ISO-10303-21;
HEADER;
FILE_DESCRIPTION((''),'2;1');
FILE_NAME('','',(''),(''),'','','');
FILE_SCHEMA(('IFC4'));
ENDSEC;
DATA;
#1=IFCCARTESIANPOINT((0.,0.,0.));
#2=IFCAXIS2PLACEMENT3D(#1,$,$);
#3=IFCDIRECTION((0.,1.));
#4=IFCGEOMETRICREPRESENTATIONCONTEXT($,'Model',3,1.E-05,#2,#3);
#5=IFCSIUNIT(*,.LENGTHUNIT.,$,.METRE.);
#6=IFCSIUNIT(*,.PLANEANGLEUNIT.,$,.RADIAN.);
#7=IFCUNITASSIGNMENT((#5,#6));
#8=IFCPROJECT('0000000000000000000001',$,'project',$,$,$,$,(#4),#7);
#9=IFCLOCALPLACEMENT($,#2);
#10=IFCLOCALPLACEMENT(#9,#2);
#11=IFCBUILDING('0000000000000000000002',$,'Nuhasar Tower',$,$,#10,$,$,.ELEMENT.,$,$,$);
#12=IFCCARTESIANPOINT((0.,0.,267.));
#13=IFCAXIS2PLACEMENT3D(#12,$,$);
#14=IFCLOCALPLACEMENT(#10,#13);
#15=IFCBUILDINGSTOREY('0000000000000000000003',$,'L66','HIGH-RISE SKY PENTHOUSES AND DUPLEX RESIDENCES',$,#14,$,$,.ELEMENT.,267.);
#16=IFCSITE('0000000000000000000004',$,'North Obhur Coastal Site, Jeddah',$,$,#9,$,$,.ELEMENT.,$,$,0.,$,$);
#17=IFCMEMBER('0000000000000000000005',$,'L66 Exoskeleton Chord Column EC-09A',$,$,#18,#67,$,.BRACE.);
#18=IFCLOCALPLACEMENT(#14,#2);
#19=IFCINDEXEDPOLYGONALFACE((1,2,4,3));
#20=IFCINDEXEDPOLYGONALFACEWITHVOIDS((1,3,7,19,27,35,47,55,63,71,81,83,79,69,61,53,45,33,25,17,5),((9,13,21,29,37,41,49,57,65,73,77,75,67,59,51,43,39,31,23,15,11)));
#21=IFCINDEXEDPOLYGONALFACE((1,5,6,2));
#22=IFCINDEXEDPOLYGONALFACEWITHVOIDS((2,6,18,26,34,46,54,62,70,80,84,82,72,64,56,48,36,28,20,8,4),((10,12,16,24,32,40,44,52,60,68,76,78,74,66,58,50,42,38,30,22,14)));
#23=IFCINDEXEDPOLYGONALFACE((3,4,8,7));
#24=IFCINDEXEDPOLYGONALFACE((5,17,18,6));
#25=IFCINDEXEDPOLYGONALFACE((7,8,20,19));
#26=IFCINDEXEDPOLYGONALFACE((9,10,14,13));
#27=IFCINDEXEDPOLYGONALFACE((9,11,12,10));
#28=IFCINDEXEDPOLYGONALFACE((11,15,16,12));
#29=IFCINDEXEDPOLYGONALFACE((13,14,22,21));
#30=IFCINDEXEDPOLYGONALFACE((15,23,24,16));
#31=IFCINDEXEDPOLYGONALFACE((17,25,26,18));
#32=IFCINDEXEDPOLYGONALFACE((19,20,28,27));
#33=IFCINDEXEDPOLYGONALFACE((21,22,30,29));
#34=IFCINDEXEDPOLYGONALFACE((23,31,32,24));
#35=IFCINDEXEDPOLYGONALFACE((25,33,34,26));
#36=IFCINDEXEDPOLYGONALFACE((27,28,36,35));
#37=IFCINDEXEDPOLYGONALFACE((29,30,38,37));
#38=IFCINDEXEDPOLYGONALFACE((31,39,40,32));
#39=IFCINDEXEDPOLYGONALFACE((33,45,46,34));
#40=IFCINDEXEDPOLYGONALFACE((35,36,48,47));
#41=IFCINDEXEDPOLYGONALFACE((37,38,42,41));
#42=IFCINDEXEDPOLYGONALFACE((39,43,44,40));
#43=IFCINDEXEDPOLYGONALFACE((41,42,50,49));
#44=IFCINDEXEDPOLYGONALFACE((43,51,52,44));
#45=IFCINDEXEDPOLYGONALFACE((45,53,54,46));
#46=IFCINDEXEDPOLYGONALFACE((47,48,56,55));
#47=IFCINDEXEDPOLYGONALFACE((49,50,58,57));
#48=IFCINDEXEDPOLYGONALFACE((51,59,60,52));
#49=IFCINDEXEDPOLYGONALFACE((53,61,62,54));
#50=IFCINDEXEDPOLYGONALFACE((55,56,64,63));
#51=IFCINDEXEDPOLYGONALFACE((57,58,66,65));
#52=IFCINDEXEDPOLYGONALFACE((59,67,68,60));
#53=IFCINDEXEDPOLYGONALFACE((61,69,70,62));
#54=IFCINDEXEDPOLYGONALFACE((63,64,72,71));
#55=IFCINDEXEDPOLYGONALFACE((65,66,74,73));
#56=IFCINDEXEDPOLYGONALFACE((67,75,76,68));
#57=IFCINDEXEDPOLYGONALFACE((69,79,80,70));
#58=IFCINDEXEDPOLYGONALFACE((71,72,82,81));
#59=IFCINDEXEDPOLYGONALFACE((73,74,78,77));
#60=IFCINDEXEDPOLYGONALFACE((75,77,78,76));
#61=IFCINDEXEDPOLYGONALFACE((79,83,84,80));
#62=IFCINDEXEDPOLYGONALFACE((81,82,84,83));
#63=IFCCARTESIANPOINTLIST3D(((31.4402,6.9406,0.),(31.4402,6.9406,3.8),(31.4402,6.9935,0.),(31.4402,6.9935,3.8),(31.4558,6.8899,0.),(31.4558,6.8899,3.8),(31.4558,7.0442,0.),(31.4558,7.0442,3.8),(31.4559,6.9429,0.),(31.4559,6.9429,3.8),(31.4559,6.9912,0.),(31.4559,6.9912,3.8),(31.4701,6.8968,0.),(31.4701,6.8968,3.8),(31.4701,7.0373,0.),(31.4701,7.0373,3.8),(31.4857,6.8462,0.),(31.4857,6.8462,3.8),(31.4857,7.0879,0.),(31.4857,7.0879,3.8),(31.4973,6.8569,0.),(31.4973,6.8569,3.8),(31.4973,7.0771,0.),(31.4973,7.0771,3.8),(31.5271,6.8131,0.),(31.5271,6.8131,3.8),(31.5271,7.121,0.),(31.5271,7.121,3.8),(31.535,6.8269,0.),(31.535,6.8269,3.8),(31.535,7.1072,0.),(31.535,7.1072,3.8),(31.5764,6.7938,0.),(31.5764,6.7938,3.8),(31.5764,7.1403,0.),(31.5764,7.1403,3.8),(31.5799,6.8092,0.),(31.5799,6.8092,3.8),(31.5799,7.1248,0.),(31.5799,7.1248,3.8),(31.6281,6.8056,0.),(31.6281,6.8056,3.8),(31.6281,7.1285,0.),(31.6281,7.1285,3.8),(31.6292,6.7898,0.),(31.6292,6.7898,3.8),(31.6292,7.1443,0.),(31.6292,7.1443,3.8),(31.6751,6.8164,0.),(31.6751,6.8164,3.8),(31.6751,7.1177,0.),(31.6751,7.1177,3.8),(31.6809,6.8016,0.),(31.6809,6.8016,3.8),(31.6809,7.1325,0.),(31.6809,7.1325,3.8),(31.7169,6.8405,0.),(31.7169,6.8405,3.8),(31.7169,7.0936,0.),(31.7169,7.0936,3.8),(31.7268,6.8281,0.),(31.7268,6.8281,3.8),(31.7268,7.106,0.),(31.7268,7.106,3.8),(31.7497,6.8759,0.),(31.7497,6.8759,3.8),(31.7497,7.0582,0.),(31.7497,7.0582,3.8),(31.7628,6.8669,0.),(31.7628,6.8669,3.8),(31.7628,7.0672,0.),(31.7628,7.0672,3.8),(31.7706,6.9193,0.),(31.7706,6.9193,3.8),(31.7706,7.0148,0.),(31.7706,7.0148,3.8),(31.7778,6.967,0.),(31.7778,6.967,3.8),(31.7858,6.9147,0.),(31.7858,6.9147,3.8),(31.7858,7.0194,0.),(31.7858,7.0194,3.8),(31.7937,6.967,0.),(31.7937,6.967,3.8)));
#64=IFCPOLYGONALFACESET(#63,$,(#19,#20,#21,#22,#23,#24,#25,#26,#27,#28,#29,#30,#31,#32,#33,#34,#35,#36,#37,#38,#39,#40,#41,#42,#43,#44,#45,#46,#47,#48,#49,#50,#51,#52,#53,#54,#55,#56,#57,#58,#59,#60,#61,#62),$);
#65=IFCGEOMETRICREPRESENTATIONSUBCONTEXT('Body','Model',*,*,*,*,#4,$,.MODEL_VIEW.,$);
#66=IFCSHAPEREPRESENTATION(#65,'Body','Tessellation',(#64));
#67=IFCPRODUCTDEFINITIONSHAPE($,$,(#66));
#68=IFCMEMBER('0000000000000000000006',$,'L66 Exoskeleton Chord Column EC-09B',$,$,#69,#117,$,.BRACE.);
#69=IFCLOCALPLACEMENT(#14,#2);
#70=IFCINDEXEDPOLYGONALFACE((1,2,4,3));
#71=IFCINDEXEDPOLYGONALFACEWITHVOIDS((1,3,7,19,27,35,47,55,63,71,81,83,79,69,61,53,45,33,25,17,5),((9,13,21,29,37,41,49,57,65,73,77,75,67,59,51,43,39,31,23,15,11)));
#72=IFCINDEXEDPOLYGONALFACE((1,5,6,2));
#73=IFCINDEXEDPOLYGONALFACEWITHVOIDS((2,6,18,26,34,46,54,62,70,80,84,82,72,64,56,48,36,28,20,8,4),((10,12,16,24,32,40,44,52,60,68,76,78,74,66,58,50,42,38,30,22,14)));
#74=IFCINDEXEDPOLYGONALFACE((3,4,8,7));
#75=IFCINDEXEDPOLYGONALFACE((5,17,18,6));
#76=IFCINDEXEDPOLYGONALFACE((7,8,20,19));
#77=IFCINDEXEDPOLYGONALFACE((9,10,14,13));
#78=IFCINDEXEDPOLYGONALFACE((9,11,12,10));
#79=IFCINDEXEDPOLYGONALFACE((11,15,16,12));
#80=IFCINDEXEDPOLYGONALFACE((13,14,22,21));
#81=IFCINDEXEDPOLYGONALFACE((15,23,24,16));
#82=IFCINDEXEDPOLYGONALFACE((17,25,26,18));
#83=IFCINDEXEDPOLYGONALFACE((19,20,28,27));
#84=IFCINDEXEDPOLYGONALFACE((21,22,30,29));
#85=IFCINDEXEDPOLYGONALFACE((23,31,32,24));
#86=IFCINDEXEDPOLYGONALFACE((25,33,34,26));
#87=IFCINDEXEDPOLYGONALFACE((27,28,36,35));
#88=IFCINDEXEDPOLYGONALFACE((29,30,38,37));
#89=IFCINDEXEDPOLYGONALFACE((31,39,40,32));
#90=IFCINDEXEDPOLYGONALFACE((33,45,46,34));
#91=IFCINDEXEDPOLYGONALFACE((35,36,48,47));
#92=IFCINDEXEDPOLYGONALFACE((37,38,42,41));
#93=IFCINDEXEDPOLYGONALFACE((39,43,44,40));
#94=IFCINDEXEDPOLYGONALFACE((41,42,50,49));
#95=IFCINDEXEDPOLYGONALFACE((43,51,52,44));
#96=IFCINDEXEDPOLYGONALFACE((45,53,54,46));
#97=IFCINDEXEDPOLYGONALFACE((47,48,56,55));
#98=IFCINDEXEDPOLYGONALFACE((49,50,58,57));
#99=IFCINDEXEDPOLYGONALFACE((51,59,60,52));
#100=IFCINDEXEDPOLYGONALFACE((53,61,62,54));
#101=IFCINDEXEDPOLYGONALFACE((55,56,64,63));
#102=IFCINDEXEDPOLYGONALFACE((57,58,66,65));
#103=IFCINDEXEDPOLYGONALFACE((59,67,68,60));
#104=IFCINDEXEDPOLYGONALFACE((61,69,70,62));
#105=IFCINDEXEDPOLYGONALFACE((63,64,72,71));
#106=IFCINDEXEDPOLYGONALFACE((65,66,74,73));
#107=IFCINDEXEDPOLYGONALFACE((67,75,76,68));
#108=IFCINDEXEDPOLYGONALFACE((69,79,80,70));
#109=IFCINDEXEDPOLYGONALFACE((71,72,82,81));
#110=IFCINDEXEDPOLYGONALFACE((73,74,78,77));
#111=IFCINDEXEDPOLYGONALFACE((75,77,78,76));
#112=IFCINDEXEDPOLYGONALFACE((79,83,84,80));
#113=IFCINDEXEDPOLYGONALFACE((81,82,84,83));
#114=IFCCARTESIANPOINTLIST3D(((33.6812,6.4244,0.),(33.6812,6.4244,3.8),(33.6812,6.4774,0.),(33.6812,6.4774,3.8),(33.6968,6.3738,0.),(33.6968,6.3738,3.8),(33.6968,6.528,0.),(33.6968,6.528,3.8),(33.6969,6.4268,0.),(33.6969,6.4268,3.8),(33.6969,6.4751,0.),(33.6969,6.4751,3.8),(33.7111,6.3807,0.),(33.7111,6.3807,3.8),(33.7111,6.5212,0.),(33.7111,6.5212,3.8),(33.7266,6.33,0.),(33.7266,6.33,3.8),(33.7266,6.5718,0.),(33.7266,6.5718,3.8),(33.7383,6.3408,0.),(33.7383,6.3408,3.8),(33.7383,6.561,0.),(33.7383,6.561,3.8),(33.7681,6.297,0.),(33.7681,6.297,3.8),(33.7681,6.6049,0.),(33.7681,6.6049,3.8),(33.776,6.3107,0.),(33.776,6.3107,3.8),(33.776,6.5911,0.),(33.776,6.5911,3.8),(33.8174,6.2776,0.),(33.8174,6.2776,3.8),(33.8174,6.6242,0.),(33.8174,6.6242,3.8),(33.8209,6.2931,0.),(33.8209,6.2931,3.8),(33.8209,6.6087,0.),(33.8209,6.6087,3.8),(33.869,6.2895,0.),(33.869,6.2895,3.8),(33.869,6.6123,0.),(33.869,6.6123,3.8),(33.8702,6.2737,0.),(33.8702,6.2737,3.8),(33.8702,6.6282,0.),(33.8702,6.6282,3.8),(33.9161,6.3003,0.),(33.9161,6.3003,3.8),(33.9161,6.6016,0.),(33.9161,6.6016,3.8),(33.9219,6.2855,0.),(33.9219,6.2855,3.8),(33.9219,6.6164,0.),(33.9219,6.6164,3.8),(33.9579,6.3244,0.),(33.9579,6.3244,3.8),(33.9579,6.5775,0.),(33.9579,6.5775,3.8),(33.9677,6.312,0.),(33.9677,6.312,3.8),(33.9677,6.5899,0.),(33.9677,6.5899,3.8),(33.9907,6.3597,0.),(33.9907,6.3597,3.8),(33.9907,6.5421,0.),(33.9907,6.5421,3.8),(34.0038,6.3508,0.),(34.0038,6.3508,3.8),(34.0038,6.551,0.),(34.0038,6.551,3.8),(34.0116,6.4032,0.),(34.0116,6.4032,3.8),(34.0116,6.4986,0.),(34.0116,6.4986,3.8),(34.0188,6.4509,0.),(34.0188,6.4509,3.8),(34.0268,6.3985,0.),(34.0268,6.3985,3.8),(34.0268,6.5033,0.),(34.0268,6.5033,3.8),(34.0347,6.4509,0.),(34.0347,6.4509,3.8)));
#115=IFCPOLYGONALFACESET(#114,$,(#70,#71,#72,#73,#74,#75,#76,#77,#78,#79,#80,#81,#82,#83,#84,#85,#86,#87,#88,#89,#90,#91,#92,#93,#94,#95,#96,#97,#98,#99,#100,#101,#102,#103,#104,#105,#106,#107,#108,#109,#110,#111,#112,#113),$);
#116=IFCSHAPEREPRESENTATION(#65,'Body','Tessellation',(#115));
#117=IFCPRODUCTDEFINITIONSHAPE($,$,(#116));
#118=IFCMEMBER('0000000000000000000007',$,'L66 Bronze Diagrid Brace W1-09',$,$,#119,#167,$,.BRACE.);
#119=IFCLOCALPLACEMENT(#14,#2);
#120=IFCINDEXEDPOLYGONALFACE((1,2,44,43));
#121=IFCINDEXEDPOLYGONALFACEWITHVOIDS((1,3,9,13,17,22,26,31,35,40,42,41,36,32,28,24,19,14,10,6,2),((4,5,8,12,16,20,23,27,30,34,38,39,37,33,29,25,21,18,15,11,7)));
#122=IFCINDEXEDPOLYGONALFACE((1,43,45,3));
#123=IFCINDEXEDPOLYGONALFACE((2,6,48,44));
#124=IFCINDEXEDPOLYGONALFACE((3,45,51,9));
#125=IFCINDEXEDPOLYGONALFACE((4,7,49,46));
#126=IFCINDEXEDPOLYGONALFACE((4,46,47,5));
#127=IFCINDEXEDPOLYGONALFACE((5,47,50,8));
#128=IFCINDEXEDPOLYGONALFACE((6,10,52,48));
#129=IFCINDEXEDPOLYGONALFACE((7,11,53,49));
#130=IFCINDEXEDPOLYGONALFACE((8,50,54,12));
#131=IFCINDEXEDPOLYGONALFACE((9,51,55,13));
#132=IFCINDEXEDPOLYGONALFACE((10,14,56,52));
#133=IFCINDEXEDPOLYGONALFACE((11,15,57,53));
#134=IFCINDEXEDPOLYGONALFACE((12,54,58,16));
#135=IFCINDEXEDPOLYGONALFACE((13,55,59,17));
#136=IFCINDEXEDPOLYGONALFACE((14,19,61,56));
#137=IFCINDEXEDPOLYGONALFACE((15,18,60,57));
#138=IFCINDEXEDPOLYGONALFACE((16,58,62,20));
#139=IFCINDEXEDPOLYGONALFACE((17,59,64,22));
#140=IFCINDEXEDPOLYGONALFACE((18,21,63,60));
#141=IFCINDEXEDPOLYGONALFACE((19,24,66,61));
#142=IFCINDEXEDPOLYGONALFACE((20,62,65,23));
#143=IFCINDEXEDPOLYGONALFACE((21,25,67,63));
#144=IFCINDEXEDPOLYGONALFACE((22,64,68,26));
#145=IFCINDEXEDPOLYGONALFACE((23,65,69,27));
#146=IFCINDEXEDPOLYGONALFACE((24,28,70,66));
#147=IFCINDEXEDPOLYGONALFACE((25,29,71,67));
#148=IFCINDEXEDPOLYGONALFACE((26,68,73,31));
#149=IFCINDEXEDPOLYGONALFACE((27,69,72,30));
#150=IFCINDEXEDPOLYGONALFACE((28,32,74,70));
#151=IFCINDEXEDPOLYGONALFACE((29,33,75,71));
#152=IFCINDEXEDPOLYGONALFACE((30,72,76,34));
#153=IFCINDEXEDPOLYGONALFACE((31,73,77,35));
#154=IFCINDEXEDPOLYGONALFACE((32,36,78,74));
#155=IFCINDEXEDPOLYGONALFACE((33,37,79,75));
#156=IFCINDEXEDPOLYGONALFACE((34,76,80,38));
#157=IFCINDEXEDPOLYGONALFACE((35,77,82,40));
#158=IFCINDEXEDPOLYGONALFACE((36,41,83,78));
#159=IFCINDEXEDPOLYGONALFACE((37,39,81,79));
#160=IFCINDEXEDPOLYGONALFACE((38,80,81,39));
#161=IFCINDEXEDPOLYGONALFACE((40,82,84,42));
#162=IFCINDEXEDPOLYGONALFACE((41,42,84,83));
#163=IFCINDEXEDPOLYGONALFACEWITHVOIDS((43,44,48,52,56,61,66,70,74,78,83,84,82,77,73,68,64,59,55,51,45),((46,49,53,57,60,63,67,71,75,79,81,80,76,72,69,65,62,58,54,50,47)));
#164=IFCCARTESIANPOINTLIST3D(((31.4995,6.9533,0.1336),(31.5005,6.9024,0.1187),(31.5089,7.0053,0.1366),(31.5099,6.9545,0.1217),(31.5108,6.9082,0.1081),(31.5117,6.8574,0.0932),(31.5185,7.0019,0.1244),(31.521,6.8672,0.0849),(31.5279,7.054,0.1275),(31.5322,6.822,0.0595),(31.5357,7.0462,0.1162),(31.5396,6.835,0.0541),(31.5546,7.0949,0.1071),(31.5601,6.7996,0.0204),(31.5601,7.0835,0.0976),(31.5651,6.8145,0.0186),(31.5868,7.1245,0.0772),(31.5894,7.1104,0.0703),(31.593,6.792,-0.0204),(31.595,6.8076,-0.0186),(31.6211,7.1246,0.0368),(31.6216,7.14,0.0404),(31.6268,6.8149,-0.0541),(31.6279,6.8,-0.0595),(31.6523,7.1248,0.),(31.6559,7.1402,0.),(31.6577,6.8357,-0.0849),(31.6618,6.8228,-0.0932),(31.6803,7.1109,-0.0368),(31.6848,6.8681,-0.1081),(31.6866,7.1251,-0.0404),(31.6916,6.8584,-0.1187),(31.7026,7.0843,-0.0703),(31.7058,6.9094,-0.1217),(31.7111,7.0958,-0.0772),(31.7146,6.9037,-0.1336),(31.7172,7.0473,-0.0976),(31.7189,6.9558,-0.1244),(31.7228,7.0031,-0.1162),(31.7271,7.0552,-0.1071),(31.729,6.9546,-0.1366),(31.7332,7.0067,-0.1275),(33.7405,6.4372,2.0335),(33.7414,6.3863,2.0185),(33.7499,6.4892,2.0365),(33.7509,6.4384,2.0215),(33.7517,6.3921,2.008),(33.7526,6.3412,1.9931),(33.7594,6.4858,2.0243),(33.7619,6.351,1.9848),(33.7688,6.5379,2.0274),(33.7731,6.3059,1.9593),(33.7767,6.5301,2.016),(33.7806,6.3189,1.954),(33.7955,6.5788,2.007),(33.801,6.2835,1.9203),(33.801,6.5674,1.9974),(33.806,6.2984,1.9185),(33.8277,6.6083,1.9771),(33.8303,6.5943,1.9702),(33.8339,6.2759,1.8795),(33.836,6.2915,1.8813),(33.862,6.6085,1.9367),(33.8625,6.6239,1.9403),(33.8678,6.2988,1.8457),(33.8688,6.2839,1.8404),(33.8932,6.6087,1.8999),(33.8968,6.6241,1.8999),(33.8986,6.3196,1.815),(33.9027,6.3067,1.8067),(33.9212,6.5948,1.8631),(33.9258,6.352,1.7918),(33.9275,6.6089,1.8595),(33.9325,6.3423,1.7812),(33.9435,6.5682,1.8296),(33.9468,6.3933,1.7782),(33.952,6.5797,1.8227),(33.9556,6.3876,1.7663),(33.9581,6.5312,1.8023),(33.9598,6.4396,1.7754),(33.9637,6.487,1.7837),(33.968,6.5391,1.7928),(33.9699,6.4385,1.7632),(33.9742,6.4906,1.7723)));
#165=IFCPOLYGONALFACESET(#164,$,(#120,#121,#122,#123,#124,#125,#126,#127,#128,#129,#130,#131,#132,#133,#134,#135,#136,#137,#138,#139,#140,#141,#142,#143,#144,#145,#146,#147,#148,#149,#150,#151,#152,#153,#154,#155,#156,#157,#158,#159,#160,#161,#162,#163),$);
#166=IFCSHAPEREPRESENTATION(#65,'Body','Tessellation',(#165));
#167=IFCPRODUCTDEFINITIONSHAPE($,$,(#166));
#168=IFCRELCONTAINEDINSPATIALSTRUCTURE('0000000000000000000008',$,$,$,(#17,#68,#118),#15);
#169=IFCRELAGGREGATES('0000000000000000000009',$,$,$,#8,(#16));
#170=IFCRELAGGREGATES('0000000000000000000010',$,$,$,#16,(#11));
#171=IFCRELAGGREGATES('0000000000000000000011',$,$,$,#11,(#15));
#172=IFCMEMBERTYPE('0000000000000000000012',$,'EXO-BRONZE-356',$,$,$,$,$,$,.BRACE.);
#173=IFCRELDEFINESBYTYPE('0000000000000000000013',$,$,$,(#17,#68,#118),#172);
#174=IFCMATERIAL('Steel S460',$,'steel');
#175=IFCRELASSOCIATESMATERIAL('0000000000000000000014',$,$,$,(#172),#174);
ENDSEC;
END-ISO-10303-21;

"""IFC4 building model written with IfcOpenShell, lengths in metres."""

from ifc_helpers import new_model, si_unit, direction, frame, origin, origin_2d, place, context, subcontext, project, spatial, hollow_circle, extrude, material, material_profile, profile_set, type_object, element, save


model = new_model("IFC4")

# Units and contexts
model_context = context("Model", 3, precision=1e-05, world=origin(), true_north=direction((0.0, 1.0)))
body_context = subcontext(model_context, "Body", "Model", "MODEL_VIEW")
ifc_project = project(units=[si_unit("LENGTHUNIT", "METRE"), si_unit("PLANEANGLEUNIT", "RADIAN")], contexts=[model_context])

# Site, building, storey
site_placement = place(None, origin())
site = spatial("IfcSite", under=ifc_project, at=site_placement, Name="North Obhur Coastal Site, Jeddah", CompositionType="ELEMENT", RefElevation=0.0)
building_placement = place(site_placement, origin())
building = spatial("IfcBuilding", under=site, at=building_placement, Name="Nuhasar Tower", CompositionType="ELEMENT")
storey_placement = place(building_placement, frame((0.0, 0.0, 267.0)))
storey = spatial("IfcBuildingStorey", under=building, at=storey_placement, Name="L66", Description="HIGH-RISE SKY PENTHOUSES AND DUPLEX RESIDENCES", CompositionType="ELEMENT", Elevation=267.0)

# Members
ifc_material_1 = material(Name="Steel S460", Category="steel")
ifc_material_profile_1 = material_profile(ifc_material_1, hollow_circle(Radius=0.1777, WallThickness=0.0159, at=origin_2d()), Name="HSS355.6X15.9")
ifc_profile_set_1 = profile_set([ifc_material_profile_1], Name="Steel S460")
member_type = type_object("IfcMemberType", Name="EXO-BRONZE-356", PredefinedType="BRACE", material=ifc_profile_set_1)
for number, where, z_axis, x_axis, name in (
    (1, (31.616, 6.967, 0.0), (0.0, 0.0, 1.0), (1.0, 0.0, 0.0), "L66 Exoskeleton Chord Column EC-09A"),
    (2, (33.8569, 6.4509, 0.0), (0.0, 0.0, 1.0), (1.0, 0.0, 0.0), "L66 Exoskeleton Chord Column EC-09B"),
):
    element("IfcMember", number, at=place(storey_placement, frame(where, z_axis=z_axis, x_axis=x_axis)), inside=storey, type_object=member_type, Name=name, PredefinedType="BRACE", context=body_context, shape_type="SweptSolid", body=[
        extrude(hollow_circle(Radius=0.1777, WallThickness=0.0159, at=origin_2d()), origin(), (0.0, 0.0, 1.0), 3.8),
    ])
member_1_placement = place(storey_placement, frame((31.616, 6.967, 0.0), z_axis=(0.751261, -0.173022, 0.636923), x_axis=(0.224433, 0.97449, 0.0)))
element("IfcMember", 3, at=member_1_placement, inside=storey, type_object=member_type, Name="L66 Bronze Diagrid Brace W1-09", PredefinedType="BRACE", context=body_context, shape_type="SweptSolid", body=[
    extrude(hollow_circle(Radius=0.1777, WallThickness=0.0159, at=origin_2d()), origin(), (0.0, 0.0, 1.0), 2.9829),
])

save(model, "model.ifc")
